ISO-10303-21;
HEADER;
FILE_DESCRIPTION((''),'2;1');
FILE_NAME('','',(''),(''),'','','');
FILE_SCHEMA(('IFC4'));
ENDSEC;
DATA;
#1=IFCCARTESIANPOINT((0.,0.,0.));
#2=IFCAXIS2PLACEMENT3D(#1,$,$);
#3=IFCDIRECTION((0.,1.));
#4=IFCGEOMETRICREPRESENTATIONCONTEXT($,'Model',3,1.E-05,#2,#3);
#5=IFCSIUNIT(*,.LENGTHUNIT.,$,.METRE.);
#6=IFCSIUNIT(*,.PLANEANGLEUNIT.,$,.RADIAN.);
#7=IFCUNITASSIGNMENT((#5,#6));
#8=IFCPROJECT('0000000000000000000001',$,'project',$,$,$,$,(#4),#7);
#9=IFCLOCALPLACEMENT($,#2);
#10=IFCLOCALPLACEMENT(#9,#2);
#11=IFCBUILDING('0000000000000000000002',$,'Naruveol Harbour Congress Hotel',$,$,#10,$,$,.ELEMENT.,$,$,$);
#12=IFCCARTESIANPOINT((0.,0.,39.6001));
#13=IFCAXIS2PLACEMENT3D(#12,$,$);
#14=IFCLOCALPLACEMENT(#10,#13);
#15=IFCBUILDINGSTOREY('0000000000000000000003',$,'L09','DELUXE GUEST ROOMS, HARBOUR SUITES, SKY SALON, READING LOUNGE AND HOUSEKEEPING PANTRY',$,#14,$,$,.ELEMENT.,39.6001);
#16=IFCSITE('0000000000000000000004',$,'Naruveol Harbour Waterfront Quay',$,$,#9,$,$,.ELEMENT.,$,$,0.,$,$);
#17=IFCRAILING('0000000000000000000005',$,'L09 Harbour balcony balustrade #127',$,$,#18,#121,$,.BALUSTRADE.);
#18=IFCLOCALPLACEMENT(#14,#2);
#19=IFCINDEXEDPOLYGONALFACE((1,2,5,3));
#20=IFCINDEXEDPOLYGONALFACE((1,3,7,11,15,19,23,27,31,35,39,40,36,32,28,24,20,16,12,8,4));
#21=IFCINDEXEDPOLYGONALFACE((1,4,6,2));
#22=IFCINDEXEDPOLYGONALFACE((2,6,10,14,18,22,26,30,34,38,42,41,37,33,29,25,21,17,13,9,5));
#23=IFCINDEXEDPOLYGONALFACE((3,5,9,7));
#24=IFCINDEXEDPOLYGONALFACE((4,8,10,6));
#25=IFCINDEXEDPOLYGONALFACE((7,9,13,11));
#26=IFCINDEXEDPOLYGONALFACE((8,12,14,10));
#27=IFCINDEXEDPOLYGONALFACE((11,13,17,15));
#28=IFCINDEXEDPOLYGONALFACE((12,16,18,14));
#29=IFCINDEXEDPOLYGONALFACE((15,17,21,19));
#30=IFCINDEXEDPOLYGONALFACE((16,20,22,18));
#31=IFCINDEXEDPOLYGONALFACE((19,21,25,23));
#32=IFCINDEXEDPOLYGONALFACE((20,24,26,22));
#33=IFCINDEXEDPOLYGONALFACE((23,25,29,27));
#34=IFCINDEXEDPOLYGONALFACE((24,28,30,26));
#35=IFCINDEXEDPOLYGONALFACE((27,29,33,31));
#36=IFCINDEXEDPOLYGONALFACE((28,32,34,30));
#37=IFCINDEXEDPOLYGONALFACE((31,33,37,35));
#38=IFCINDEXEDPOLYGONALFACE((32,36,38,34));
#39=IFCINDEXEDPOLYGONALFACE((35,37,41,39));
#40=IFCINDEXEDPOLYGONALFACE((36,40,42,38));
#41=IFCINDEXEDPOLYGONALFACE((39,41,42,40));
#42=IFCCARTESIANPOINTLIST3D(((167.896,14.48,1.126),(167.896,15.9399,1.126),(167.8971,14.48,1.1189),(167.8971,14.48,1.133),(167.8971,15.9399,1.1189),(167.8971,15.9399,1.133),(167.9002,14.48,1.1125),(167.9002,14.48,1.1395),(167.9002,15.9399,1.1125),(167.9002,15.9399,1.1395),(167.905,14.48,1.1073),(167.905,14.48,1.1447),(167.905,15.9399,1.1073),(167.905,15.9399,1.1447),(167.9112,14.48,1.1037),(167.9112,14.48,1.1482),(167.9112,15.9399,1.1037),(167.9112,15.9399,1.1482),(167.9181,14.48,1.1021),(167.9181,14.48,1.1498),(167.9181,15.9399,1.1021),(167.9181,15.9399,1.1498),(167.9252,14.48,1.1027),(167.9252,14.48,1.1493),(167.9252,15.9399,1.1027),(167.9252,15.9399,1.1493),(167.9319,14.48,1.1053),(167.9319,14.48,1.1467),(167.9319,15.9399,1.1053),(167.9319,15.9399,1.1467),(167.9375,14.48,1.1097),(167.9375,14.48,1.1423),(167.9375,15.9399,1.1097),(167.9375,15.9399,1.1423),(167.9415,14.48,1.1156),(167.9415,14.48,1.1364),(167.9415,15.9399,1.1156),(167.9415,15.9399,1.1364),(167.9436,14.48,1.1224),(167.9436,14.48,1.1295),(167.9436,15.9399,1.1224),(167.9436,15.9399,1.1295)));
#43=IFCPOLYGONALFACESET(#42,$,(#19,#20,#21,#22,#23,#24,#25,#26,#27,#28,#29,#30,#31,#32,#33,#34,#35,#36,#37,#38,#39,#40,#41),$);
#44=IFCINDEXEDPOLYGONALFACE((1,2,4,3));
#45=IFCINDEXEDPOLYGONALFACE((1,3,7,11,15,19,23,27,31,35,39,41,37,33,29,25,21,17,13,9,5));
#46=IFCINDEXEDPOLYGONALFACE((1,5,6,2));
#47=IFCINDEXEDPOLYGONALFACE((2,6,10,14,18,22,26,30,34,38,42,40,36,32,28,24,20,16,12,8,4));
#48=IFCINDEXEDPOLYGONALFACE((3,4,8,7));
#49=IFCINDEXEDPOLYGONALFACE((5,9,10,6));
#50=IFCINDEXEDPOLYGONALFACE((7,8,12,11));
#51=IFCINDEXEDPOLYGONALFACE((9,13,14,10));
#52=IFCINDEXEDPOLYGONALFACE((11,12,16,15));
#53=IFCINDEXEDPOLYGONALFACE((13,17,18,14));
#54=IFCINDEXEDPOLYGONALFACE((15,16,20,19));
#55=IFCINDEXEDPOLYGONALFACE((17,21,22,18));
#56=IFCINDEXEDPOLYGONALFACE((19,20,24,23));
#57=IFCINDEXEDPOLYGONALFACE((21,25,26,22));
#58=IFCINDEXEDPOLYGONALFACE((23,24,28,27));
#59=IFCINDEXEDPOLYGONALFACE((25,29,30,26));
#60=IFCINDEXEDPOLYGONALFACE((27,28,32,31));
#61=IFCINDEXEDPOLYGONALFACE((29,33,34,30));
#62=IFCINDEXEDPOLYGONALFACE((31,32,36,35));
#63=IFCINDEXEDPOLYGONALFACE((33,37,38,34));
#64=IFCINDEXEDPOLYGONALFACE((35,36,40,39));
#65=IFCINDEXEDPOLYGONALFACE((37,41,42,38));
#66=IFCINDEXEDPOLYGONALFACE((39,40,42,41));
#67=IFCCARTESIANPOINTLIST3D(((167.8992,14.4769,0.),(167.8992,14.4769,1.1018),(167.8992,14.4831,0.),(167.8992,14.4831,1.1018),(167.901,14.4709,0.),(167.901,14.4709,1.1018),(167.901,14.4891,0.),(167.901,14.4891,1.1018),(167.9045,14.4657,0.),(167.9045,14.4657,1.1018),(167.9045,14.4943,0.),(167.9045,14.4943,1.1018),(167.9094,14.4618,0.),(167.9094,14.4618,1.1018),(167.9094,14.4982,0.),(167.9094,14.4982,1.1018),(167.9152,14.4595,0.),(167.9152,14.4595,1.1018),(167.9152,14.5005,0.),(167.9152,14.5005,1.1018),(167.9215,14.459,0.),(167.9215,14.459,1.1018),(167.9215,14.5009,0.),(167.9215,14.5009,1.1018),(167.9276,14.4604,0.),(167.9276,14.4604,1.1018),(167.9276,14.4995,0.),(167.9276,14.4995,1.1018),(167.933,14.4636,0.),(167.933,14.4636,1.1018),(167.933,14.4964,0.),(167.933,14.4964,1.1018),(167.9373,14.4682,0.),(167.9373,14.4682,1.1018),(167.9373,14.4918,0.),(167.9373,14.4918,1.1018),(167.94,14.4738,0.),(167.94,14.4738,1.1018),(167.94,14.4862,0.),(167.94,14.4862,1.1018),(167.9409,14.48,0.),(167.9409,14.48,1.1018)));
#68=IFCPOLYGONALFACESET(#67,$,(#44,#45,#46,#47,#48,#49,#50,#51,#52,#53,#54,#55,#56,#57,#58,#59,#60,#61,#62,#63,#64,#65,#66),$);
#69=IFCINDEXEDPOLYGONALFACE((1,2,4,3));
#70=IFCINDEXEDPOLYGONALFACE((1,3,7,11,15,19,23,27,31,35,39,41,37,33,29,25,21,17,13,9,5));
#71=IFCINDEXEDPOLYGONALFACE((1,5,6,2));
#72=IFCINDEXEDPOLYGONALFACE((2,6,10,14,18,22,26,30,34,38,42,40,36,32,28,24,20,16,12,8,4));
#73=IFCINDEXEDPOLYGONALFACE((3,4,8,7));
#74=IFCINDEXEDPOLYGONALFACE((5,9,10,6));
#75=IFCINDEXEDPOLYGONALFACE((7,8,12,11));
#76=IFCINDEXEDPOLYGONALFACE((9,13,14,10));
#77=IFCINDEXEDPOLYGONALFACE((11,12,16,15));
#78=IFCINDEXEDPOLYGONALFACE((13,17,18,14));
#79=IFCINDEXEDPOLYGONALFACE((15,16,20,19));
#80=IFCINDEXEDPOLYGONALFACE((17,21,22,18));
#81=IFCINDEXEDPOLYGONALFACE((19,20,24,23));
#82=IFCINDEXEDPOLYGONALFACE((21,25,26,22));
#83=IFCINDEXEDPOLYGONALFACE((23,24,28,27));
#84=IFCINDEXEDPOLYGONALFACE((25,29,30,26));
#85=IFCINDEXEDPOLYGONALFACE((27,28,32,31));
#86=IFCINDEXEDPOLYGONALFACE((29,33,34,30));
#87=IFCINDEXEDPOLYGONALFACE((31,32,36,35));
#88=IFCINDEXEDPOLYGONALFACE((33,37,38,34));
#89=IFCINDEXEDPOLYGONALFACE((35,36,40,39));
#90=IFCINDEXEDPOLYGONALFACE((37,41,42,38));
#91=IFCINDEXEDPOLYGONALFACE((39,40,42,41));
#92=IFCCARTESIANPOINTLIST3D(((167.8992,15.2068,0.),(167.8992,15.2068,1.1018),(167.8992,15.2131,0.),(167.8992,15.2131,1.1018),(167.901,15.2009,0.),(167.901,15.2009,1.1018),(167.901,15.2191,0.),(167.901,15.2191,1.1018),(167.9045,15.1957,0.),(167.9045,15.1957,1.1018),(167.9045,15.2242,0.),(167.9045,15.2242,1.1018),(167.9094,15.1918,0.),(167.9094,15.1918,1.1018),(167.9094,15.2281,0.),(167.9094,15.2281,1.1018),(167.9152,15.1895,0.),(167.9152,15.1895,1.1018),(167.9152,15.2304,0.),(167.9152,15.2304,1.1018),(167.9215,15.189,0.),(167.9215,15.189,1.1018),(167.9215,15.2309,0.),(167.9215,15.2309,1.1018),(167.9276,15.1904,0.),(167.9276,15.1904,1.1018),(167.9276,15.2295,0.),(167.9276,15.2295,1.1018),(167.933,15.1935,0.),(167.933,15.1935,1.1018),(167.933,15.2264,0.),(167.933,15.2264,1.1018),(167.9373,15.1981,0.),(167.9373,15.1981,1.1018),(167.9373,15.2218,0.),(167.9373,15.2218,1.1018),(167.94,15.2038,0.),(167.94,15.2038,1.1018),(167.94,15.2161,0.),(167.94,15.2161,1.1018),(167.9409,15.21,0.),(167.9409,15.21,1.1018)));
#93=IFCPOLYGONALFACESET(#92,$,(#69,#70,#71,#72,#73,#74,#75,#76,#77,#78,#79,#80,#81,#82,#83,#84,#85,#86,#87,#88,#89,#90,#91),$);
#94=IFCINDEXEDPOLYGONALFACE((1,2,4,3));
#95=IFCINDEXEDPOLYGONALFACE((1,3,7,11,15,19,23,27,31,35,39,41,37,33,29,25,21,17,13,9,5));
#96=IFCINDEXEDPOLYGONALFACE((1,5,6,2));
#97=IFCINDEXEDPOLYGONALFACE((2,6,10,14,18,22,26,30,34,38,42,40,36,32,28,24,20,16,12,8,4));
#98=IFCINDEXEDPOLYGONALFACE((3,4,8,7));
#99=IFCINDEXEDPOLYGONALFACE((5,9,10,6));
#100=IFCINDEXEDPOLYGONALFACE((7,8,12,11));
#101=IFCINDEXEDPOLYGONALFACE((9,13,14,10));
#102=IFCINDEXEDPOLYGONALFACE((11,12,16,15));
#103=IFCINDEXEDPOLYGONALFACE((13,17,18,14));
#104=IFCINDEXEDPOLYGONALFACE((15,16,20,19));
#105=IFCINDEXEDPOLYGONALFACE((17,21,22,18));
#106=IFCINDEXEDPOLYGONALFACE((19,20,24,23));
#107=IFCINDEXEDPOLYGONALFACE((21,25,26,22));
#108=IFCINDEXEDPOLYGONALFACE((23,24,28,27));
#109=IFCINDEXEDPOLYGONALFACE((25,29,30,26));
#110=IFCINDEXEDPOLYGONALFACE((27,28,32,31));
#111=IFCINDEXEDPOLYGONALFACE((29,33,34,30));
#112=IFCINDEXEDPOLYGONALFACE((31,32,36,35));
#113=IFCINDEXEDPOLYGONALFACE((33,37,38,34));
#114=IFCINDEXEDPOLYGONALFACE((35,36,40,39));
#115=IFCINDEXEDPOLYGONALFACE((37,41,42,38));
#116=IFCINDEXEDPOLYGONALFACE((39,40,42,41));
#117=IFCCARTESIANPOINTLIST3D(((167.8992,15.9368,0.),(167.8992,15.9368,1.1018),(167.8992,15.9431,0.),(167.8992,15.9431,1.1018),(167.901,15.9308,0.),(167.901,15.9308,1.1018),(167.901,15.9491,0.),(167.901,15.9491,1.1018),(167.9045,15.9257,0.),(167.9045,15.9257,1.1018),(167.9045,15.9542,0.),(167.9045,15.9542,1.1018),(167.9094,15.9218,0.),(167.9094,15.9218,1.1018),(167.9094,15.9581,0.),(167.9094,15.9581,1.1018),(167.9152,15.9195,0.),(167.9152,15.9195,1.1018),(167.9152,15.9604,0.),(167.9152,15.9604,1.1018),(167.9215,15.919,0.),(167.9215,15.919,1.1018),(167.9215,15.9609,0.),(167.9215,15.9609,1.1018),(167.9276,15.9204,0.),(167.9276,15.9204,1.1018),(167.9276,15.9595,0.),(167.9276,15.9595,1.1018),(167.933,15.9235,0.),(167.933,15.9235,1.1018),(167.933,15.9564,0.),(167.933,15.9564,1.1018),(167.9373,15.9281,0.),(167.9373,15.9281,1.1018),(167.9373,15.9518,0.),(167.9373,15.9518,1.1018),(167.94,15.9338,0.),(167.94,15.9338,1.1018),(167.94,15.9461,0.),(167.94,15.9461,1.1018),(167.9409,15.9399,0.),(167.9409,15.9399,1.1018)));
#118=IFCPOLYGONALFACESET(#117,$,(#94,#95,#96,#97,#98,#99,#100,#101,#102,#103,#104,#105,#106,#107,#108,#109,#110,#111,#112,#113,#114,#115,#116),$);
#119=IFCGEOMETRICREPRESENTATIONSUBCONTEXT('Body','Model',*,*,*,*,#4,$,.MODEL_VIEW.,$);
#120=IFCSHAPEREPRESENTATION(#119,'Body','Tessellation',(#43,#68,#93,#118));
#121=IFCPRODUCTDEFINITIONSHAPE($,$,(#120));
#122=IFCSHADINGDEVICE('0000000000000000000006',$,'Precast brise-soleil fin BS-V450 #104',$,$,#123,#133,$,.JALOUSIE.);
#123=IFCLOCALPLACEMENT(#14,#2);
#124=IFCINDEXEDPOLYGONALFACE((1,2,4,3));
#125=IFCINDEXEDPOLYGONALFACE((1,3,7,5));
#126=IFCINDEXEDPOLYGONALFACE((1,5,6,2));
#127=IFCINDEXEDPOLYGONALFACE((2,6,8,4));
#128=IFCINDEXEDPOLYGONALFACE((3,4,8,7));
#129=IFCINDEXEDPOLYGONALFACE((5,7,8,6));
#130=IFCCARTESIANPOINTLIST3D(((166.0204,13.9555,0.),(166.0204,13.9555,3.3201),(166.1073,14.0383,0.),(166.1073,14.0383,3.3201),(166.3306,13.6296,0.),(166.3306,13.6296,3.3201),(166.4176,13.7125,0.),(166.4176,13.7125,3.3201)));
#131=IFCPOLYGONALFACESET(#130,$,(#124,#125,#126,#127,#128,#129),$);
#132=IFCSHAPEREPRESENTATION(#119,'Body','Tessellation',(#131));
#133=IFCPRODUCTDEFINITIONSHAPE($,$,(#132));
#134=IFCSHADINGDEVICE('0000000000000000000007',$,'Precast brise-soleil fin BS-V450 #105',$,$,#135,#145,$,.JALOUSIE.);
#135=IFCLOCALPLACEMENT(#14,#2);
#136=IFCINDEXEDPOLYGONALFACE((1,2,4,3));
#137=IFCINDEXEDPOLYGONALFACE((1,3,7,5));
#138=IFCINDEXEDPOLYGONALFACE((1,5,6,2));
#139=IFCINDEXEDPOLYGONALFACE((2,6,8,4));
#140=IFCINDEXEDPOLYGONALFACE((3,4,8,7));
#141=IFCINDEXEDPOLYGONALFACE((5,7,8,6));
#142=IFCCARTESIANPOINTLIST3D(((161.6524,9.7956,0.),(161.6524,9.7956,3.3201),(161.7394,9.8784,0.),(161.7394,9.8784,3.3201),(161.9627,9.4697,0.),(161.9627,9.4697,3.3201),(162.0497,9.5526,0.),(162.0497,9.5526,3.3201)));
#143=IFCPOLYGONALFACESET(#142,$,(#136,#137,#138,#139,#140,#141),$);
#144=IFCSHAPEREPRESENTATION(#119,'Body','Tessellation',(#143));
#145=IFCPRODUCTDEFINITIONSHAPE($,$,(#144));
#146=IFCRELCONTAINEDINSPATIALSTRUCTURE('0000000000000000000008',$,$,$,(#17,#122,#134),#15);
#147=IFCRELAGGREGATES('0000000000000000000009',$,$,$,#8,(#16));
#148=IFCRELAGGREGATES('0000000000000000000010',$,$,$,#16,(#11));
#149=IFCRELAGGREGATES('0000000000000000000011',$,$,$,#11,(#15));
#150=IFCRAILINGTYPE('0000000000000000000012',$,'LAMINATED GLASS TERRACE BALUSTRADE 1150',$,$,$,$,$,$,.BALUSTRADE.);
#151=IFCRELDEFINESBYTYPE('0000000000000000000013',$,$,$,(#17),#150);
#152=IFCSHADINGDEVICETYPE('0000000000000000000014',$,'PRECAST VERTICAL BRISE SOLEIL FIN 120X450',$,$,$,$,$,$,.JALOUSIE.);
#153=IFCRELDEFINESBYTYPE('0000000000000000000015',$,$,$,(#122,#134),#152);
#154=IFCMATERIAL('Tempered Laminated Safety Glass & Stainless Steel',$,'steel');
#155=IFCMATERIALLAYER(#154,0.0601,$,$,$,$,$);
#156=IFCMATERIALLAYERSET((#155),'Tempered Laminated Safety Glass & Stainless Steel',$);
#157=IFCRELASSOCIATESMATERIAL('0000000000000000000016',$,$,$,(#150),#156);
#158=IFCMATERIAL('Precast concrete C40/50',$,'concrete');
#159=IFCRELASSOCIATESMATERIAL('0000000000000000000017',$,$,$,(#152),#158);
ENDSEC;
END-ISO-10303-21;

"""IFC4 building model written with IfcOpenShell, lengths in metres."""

from ifc_helpers import new_model, si_unit, direction, frame, origin, origin_2d, place, context, subcontext, project, spatial, rectangle, circle, extrude, material, layer, layer_set, type_object, element, save


model = new_model("IFC4")

# Units and contexts
model_context = context("Model", 3, precision=1e-05, world=origin(), true_north=direction((0.0, 1.0)))
body_context = subcontext(model_context, "Body", "Model", "MODEL_VIEW")
ifc_project = project(units=[si_unit("LENGTHUNIT", "METRE"), si_unit("PLANEANGLEUNIT", "RADIAN")], contexts=[model_context])

# Site, building, storey
site_placement = place(None, origin())
site = spatial("IfcSite", under=ifc_project, at=site_placement, Name="Naruveol Harbour Waterfront Quay", CompositionType="ELEMENT", RefElevation=0.0)
building_placement = place(site_placement, origin())
building = spatial("IfcBuilding", under=site, at=building_placement, Name="Naruveol Harbour Congress Hotel", CompositionType="ELEMENT")
storey_placement = place(building_placement, frame((0.0, 0.0, 39.6001)))
storey = spatial("IfcBuildingStorey", under=building, at=storey_placement, Name="L09", Description="DELUXE GUEST ROOMS, HARBOUR SUITES, SKY SALON, READING LOUNGE AND HOUSEKEEPING PANTRY", CompositionType="ELEMENT", Elevation=39.6001)

# Railing
ifc_material_1 = material(Name="Tempered Laminated Safety Glass & Stainless Steel", Category="steel")
ifc_layer_1 = layer(ifc_material_1, 0.0601)
ifc_layer_set_1 = layer_set([ifc_layer_1], Name="Tempered Laminated Safety Glass & Stainless Steel")
railing_type = type_object("IfcRailingType", Name="LAMINATED GLASS TERRACE BALUSTRADE 1150", PredefinedType="BALUSTRADE", material=ifc_layer_set_1)
railing_1_placement = place(storey_placement, frame((167.9199, 14.48, 0.0)))
element("IfcRailing", 1, at=railing_1_placement, inside=storey, type_object=railing_type, Name="L09 Harbour balcony balustrade #127", PredefinedType="BALUSTRADE", context=body_context, shape_type="SweptSolid", body=[
    extrude(circle(Radius=0.0239, at=origin_2d()), frame((0.0, 0.0, 1.126), z_axis=(0.0, 1.0, 0.0), x_axis=(-1.0, 0.0, 0.0)), (0.0, 0.0, 1.0), 1.46),
    extrude(circle(Radius=0.021, at=origin_2d()), origin(), (0.0, 0.0, 1.0), 1.1018),
    extrude(circle(Radius=0.021, at=origin_2d()), frame((0.0, 0.73, 0.0)), (0.0, 0.0, 1.0), 1.1018),
    extrude(circle(Radius=0.021, at=origin_2d()), frame((0.0, 1.46, 0.0)), (0.0, 0.0, 1.0), 1.1018),
])

# Shading devices
ifc_material_2 = material(Name="Precast concrete C40/50", Category="concrete")
shading_device_type = type_object("IfcShadingDeviceType", Name="PRECAST VERTICAL BRISE SOLEIL FIN 120X450", PredefinedType="JALOUSIE", material=ifc_material_2)
for number, where, z_axis, x_axis, name in (
    (2, (166.219, 13.834, 0.0), (0.0, 0.0, 1.0), (-0.724172, -0.68962, 0.0), "Precast brise-soleil fin BS-V450 #104"),
    (3, (161.8511, 9.6741, 0.0), (0.0, 0.0, 1.0), (-0.724172, -0.68962, 0.0), "Precast brise-soleil fin BS-V450 #105"),
):
    element("IfcShadingDevice", number, at=place(storey_placement, frame(where, z_axis=z_axis, x_axis=x_axis)), inside=storey, type_object=shading_device_type, Name=name, PredefinedType="JALOUSIE", context=body_context, shape_type="SweptSolid", body=[
        extrude(rectangle(XDim=0.1201, YDim=0.45, at=origin_2d()), origin(), (0.0, 0.0, 1.0), 3.3201),
    ])

save(model, "model.ifc")
